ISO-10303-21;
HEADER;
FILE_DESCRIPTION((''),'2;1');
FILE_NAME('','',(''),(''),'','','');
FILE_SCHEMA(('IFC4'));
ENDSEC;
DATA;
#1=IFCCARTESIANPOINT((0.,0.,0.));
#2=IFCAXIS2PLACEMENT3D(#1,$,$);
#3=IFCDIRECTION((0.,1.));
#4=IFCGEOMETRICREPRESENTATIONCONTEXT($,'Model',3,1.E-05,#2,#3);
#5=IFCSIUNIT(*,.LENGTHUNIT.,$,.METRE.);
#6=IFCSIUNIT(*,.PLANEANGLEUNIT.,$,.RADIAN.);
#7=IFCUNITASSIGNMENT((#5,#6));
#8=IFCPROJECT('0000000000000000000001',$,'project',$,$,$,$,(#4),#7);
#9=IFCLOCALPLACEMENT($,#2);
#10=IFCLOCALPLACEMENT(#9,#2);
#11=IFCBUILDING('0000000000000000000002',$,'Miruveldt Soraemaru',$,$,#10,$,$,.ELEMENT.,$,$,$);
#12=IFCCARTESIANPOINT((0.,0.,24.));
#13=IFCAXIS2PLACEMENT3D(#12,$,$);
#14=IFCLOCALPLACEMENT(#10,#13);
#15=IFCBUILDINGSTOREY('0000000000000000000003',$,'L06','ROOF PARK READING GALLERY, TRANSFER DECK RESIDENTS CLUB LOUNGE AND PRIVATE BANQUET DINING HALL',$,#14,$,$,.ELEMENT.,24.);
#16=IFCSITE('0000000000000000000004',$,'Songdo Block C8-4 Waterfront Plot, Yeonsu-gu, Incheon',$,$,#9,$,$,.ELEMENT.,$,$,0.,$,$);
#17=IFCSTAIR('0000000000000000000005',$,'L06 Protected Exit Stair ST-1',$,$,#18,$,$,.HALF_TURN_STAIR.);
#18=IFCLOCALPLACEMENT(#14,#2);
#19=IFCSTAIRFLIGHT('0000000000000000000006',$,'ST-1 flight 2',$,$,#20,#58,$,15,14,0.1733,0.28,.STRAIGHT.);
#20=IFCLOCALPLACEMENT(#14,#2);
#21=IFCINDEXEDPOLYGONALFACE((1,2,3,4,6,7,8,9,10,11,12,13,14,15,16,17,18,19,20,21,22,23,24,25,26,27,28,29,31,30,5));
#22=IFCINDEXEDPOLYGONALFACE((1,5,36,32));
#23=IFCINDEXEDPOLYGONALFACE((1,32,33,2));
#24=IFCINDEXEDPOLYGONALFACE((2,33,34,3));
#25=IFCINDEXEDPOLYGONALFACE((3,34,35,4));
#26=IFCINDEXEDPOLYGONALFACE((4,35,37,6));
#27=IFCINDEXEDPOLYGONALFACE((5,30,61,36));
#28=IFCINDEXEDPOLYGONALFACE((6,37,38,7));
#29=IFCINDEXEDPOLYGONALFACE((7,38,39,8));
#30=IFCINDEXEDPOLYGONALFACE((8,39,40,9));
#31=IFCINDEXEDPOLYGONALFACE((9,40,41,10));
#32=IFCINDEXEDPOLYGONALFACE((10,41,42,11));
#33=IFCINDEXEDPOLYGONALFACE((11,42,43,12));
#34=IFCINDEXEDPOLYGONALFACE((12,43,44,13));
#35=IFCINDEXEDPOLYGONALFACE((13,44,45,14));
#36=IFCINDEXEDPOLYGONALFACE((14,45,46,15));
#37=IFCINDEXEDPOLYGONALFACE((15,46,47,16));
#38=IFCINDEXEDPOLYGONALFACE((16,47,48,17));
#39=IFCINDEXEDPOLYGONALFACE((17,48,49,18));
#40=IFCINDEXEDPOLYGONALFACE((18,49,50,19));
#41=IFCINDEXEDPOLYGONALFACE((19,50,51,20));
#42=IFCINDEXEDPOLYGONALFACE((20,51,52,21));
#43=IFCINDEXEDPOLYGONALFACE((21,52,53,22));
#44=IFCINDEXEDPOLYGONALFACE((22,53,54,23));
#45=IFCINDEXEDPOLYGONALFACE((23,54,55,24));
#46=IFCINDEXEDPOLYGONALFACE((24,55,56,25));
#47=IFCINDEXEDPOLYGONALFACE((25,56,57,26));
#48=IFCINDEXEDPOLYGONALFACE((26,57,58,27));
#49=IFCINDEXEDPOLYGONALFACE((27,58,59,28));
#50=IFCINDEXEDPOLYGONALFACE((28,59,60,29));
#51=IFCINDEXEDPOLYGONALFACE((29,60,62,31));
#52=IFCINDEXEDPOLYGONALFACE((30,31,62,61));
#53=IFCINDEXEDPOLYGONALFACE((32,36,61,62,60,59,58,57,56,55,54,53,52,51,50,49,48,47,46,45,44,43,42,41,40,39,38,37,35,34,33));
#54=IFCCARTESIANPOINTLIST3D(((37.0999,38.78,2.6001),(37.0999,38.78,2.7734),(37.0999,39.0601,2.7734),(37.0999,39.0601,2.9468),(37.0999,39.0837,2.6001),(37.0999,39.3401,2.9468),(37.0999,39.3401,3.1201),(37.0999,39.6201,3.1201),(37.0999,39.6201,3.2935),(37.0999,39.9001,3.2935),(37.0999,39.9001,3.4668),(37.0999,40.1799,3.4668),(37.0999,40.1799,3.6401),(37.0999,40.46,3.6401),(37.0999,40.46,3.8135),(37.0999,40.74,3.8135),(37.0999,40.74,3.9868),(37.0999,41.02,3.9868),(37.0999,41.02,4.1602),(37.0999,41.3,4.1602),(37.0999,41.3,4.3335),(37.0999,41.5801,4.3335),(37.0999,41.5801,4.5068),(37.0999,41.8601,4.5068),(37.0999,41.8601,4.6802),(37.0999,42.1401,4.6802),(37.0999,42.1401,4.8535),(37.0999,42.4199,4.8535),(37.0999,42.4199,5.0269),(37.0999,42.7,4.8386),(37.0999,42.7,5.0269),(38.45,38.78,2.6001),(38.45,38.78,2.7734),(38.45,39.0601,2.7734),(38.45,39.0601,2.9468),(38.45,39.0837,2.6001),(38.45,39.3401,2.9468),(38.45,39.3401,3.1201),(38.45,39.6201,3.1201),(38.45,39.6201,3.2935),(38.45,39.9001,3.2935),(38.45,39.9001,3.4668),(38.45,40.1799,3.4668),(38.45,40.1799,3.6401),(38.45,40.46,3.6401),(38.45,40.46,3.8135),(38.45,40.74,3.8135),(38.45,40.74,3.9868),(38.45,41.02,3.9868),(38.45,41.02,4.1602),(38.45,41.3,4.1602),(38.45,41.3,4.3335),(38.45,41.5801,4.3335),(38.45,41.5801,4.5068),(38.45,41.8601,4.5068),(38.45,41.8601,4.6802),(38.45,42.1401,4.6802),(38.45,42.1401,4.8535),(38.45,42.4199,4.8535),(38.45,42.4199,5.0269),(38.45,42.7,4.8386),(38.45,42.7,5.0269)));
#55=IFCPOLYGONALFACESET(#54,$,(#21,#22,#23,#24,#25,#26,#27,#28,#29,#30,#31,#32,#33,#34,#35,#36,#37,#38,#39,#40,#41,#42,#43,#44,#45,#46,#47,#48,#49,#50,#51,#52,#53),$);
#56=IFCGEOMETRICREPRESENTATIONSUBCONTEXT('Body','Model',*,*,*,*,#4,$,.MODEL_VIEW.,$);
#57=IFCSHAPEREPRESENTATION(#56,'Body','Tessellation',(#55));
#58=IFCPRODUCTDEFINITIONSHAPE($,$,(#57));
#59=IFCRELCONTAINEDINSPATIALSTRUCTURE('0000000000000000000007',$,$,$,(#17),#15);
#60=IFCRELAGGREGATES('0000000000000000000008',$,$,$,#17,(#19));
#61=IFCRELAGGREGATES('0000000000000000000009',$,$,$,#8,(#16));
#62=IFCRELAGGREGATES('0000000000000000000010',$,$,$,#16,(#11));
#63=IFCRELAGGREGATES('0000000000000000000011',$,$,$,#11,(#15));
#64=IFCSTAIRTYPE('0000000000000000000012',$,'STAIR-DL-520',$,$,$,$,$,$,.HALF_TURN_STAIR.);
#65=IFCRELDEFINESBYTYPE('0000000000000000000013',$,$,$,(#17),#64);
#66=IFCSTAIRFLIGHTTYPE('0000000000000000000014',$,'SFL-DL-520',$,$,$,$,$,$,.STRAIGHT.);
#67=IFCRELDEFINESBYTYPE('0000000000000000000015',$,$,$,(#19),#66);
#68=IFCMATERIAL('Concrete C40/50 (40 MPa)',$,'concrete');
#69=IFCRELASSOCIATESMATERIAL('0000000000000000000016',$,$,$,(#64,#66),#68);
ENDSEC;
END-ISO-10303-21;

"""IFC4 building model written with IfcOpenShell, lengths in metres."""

from ifc_helpers import new_model, si_unit, direction, frame, origin, place, context, subcontext, project, spatial, polyline, outline, extrude, material, type_object, element, aggregate, save


model = new_model("IFC4")

# Units and contexts
model_context = context("Model", 3, precision=1e-05, world=origin(), true_north=direction((0.0, 1.0)))
body_context = subcontext(model_context, "Body", "Model", "MODEL_VIEW")
ifc_project = project(units=[si_unit("LENGTHUNIT", "METRE"), si_unit("PLANEANGLEUNIT", "RADIAN")], contexts=[model_context])

# Site, building, storey
site_placement = place(None, origin())
site = spatial("IfcSite", under=ifc_project, at=site_placement, Name="Songdo Block C8-4 Waterfront Plot, Yeonsu-gu, Incheon", CompositionType="ELEMENT", RefElevation=0.0)
building_placement = place(site_placement, origin())
building = spatial("IfcBuilding", under=site, at=building_placement, Name="Miruveldt Soraemaru", CompositionType="ELEMENT")
storey_placement = place(building_placement, frame((0.0, 0.0, 24.0)))
storey = spatial("IfcBuildingStorey", under=building, at=storey_placement, Name="L06", Description="ROOF PARK READING GALLERY, TRANSFER DECK RESIDENTS CLUB LOUNGE AND PRIVATE BANQUET DINING HALL", CompositionType="ELEMENT", Elevation=24.0)

# Shared definitions
ifc_material_1 = material(Name="Concrete C40/50 (40 MPa)", Category="concrete")

# Stair, stair flight
stair_type = type_object("IfcStairType", Name="STAIR-DL-520", PredefinedType="HALF_TURN_STAIR", material=ifc_material_1)
stair_placement = place(storey_placement, origin())
stair = element("IfcStair", 1, at=stair_placement, inside=storey, type_object=stair_type, Name="L06 Protected Exit Stair ST-1", PredefinedType="HALF_TURN_STAIR")
stair_flight_type = type_object("IfcStairFlightType", Name="SFL-DL-520", PredefinedType="STRAIGHT", material=ifc_material_1)
stair_flight_placement = place(storey_placement, frame((37.7749, 38.78, 2.6001), z_axis=(0.0, 0.0, 1.0), x_axis=(0.0, 1.0, 0.0)))
stair_flight = element("IfcStairFlight", 2, at=stair_flight_placement, type_object=stair_flight_type, Name="ST-1 flight 2", NumberOfRisers=15, NumberOfTreads=14, PredefinedType="STRAIGHT", RiserHeight=0.1733, TreadLength=0.28, context=body_context, shape_type="SweptSolid", body=[
    extrude(outline(polyline([(0.0, 0.0), (0.0, 0.1733), (0.28, 0.1733), (0.28, 0.3467), (0.5601, 0.3467), (0.5601, 0.52), (0.8401, 0.52), (0.8401, 0.6934), (1.1201, 0.6934), (1.1201, 0.8667), (1.3999, 0.8667), (1.3999, 1.04), (1.6799, 1.04), (1.6799, 1.2134), (1.96, 1.2134), (1.96, 1.3867), (2.24, 1.3867), (2.24, 1.5601), (2.52, 1.5601), (2.52, 1.7334), (2.8, 1.7334), (2.8, 1.9067), (3.0801, 1.9067), (3.0801, 2.0801), (3.3601, 2.0801), (3.3601, 2.2534), (3.6399, 2.2534), (3.6399, 2.4268), (3.9199, 2.4268), (3.9199, 2.6001), (3.9199, 2.2385), (0.3037, 0.0), (0.0, 0.0)])), frame((0.0, 0.675, 0.0), z_axis=(0.0, -1.0, 0.0), x_axis=(1.0, 0.0, 0.0)), (0.0, 0.0, 1.0), 1.3501),
])
aggregate(stair, [stair_flight])

save(model, "model.ifc")
